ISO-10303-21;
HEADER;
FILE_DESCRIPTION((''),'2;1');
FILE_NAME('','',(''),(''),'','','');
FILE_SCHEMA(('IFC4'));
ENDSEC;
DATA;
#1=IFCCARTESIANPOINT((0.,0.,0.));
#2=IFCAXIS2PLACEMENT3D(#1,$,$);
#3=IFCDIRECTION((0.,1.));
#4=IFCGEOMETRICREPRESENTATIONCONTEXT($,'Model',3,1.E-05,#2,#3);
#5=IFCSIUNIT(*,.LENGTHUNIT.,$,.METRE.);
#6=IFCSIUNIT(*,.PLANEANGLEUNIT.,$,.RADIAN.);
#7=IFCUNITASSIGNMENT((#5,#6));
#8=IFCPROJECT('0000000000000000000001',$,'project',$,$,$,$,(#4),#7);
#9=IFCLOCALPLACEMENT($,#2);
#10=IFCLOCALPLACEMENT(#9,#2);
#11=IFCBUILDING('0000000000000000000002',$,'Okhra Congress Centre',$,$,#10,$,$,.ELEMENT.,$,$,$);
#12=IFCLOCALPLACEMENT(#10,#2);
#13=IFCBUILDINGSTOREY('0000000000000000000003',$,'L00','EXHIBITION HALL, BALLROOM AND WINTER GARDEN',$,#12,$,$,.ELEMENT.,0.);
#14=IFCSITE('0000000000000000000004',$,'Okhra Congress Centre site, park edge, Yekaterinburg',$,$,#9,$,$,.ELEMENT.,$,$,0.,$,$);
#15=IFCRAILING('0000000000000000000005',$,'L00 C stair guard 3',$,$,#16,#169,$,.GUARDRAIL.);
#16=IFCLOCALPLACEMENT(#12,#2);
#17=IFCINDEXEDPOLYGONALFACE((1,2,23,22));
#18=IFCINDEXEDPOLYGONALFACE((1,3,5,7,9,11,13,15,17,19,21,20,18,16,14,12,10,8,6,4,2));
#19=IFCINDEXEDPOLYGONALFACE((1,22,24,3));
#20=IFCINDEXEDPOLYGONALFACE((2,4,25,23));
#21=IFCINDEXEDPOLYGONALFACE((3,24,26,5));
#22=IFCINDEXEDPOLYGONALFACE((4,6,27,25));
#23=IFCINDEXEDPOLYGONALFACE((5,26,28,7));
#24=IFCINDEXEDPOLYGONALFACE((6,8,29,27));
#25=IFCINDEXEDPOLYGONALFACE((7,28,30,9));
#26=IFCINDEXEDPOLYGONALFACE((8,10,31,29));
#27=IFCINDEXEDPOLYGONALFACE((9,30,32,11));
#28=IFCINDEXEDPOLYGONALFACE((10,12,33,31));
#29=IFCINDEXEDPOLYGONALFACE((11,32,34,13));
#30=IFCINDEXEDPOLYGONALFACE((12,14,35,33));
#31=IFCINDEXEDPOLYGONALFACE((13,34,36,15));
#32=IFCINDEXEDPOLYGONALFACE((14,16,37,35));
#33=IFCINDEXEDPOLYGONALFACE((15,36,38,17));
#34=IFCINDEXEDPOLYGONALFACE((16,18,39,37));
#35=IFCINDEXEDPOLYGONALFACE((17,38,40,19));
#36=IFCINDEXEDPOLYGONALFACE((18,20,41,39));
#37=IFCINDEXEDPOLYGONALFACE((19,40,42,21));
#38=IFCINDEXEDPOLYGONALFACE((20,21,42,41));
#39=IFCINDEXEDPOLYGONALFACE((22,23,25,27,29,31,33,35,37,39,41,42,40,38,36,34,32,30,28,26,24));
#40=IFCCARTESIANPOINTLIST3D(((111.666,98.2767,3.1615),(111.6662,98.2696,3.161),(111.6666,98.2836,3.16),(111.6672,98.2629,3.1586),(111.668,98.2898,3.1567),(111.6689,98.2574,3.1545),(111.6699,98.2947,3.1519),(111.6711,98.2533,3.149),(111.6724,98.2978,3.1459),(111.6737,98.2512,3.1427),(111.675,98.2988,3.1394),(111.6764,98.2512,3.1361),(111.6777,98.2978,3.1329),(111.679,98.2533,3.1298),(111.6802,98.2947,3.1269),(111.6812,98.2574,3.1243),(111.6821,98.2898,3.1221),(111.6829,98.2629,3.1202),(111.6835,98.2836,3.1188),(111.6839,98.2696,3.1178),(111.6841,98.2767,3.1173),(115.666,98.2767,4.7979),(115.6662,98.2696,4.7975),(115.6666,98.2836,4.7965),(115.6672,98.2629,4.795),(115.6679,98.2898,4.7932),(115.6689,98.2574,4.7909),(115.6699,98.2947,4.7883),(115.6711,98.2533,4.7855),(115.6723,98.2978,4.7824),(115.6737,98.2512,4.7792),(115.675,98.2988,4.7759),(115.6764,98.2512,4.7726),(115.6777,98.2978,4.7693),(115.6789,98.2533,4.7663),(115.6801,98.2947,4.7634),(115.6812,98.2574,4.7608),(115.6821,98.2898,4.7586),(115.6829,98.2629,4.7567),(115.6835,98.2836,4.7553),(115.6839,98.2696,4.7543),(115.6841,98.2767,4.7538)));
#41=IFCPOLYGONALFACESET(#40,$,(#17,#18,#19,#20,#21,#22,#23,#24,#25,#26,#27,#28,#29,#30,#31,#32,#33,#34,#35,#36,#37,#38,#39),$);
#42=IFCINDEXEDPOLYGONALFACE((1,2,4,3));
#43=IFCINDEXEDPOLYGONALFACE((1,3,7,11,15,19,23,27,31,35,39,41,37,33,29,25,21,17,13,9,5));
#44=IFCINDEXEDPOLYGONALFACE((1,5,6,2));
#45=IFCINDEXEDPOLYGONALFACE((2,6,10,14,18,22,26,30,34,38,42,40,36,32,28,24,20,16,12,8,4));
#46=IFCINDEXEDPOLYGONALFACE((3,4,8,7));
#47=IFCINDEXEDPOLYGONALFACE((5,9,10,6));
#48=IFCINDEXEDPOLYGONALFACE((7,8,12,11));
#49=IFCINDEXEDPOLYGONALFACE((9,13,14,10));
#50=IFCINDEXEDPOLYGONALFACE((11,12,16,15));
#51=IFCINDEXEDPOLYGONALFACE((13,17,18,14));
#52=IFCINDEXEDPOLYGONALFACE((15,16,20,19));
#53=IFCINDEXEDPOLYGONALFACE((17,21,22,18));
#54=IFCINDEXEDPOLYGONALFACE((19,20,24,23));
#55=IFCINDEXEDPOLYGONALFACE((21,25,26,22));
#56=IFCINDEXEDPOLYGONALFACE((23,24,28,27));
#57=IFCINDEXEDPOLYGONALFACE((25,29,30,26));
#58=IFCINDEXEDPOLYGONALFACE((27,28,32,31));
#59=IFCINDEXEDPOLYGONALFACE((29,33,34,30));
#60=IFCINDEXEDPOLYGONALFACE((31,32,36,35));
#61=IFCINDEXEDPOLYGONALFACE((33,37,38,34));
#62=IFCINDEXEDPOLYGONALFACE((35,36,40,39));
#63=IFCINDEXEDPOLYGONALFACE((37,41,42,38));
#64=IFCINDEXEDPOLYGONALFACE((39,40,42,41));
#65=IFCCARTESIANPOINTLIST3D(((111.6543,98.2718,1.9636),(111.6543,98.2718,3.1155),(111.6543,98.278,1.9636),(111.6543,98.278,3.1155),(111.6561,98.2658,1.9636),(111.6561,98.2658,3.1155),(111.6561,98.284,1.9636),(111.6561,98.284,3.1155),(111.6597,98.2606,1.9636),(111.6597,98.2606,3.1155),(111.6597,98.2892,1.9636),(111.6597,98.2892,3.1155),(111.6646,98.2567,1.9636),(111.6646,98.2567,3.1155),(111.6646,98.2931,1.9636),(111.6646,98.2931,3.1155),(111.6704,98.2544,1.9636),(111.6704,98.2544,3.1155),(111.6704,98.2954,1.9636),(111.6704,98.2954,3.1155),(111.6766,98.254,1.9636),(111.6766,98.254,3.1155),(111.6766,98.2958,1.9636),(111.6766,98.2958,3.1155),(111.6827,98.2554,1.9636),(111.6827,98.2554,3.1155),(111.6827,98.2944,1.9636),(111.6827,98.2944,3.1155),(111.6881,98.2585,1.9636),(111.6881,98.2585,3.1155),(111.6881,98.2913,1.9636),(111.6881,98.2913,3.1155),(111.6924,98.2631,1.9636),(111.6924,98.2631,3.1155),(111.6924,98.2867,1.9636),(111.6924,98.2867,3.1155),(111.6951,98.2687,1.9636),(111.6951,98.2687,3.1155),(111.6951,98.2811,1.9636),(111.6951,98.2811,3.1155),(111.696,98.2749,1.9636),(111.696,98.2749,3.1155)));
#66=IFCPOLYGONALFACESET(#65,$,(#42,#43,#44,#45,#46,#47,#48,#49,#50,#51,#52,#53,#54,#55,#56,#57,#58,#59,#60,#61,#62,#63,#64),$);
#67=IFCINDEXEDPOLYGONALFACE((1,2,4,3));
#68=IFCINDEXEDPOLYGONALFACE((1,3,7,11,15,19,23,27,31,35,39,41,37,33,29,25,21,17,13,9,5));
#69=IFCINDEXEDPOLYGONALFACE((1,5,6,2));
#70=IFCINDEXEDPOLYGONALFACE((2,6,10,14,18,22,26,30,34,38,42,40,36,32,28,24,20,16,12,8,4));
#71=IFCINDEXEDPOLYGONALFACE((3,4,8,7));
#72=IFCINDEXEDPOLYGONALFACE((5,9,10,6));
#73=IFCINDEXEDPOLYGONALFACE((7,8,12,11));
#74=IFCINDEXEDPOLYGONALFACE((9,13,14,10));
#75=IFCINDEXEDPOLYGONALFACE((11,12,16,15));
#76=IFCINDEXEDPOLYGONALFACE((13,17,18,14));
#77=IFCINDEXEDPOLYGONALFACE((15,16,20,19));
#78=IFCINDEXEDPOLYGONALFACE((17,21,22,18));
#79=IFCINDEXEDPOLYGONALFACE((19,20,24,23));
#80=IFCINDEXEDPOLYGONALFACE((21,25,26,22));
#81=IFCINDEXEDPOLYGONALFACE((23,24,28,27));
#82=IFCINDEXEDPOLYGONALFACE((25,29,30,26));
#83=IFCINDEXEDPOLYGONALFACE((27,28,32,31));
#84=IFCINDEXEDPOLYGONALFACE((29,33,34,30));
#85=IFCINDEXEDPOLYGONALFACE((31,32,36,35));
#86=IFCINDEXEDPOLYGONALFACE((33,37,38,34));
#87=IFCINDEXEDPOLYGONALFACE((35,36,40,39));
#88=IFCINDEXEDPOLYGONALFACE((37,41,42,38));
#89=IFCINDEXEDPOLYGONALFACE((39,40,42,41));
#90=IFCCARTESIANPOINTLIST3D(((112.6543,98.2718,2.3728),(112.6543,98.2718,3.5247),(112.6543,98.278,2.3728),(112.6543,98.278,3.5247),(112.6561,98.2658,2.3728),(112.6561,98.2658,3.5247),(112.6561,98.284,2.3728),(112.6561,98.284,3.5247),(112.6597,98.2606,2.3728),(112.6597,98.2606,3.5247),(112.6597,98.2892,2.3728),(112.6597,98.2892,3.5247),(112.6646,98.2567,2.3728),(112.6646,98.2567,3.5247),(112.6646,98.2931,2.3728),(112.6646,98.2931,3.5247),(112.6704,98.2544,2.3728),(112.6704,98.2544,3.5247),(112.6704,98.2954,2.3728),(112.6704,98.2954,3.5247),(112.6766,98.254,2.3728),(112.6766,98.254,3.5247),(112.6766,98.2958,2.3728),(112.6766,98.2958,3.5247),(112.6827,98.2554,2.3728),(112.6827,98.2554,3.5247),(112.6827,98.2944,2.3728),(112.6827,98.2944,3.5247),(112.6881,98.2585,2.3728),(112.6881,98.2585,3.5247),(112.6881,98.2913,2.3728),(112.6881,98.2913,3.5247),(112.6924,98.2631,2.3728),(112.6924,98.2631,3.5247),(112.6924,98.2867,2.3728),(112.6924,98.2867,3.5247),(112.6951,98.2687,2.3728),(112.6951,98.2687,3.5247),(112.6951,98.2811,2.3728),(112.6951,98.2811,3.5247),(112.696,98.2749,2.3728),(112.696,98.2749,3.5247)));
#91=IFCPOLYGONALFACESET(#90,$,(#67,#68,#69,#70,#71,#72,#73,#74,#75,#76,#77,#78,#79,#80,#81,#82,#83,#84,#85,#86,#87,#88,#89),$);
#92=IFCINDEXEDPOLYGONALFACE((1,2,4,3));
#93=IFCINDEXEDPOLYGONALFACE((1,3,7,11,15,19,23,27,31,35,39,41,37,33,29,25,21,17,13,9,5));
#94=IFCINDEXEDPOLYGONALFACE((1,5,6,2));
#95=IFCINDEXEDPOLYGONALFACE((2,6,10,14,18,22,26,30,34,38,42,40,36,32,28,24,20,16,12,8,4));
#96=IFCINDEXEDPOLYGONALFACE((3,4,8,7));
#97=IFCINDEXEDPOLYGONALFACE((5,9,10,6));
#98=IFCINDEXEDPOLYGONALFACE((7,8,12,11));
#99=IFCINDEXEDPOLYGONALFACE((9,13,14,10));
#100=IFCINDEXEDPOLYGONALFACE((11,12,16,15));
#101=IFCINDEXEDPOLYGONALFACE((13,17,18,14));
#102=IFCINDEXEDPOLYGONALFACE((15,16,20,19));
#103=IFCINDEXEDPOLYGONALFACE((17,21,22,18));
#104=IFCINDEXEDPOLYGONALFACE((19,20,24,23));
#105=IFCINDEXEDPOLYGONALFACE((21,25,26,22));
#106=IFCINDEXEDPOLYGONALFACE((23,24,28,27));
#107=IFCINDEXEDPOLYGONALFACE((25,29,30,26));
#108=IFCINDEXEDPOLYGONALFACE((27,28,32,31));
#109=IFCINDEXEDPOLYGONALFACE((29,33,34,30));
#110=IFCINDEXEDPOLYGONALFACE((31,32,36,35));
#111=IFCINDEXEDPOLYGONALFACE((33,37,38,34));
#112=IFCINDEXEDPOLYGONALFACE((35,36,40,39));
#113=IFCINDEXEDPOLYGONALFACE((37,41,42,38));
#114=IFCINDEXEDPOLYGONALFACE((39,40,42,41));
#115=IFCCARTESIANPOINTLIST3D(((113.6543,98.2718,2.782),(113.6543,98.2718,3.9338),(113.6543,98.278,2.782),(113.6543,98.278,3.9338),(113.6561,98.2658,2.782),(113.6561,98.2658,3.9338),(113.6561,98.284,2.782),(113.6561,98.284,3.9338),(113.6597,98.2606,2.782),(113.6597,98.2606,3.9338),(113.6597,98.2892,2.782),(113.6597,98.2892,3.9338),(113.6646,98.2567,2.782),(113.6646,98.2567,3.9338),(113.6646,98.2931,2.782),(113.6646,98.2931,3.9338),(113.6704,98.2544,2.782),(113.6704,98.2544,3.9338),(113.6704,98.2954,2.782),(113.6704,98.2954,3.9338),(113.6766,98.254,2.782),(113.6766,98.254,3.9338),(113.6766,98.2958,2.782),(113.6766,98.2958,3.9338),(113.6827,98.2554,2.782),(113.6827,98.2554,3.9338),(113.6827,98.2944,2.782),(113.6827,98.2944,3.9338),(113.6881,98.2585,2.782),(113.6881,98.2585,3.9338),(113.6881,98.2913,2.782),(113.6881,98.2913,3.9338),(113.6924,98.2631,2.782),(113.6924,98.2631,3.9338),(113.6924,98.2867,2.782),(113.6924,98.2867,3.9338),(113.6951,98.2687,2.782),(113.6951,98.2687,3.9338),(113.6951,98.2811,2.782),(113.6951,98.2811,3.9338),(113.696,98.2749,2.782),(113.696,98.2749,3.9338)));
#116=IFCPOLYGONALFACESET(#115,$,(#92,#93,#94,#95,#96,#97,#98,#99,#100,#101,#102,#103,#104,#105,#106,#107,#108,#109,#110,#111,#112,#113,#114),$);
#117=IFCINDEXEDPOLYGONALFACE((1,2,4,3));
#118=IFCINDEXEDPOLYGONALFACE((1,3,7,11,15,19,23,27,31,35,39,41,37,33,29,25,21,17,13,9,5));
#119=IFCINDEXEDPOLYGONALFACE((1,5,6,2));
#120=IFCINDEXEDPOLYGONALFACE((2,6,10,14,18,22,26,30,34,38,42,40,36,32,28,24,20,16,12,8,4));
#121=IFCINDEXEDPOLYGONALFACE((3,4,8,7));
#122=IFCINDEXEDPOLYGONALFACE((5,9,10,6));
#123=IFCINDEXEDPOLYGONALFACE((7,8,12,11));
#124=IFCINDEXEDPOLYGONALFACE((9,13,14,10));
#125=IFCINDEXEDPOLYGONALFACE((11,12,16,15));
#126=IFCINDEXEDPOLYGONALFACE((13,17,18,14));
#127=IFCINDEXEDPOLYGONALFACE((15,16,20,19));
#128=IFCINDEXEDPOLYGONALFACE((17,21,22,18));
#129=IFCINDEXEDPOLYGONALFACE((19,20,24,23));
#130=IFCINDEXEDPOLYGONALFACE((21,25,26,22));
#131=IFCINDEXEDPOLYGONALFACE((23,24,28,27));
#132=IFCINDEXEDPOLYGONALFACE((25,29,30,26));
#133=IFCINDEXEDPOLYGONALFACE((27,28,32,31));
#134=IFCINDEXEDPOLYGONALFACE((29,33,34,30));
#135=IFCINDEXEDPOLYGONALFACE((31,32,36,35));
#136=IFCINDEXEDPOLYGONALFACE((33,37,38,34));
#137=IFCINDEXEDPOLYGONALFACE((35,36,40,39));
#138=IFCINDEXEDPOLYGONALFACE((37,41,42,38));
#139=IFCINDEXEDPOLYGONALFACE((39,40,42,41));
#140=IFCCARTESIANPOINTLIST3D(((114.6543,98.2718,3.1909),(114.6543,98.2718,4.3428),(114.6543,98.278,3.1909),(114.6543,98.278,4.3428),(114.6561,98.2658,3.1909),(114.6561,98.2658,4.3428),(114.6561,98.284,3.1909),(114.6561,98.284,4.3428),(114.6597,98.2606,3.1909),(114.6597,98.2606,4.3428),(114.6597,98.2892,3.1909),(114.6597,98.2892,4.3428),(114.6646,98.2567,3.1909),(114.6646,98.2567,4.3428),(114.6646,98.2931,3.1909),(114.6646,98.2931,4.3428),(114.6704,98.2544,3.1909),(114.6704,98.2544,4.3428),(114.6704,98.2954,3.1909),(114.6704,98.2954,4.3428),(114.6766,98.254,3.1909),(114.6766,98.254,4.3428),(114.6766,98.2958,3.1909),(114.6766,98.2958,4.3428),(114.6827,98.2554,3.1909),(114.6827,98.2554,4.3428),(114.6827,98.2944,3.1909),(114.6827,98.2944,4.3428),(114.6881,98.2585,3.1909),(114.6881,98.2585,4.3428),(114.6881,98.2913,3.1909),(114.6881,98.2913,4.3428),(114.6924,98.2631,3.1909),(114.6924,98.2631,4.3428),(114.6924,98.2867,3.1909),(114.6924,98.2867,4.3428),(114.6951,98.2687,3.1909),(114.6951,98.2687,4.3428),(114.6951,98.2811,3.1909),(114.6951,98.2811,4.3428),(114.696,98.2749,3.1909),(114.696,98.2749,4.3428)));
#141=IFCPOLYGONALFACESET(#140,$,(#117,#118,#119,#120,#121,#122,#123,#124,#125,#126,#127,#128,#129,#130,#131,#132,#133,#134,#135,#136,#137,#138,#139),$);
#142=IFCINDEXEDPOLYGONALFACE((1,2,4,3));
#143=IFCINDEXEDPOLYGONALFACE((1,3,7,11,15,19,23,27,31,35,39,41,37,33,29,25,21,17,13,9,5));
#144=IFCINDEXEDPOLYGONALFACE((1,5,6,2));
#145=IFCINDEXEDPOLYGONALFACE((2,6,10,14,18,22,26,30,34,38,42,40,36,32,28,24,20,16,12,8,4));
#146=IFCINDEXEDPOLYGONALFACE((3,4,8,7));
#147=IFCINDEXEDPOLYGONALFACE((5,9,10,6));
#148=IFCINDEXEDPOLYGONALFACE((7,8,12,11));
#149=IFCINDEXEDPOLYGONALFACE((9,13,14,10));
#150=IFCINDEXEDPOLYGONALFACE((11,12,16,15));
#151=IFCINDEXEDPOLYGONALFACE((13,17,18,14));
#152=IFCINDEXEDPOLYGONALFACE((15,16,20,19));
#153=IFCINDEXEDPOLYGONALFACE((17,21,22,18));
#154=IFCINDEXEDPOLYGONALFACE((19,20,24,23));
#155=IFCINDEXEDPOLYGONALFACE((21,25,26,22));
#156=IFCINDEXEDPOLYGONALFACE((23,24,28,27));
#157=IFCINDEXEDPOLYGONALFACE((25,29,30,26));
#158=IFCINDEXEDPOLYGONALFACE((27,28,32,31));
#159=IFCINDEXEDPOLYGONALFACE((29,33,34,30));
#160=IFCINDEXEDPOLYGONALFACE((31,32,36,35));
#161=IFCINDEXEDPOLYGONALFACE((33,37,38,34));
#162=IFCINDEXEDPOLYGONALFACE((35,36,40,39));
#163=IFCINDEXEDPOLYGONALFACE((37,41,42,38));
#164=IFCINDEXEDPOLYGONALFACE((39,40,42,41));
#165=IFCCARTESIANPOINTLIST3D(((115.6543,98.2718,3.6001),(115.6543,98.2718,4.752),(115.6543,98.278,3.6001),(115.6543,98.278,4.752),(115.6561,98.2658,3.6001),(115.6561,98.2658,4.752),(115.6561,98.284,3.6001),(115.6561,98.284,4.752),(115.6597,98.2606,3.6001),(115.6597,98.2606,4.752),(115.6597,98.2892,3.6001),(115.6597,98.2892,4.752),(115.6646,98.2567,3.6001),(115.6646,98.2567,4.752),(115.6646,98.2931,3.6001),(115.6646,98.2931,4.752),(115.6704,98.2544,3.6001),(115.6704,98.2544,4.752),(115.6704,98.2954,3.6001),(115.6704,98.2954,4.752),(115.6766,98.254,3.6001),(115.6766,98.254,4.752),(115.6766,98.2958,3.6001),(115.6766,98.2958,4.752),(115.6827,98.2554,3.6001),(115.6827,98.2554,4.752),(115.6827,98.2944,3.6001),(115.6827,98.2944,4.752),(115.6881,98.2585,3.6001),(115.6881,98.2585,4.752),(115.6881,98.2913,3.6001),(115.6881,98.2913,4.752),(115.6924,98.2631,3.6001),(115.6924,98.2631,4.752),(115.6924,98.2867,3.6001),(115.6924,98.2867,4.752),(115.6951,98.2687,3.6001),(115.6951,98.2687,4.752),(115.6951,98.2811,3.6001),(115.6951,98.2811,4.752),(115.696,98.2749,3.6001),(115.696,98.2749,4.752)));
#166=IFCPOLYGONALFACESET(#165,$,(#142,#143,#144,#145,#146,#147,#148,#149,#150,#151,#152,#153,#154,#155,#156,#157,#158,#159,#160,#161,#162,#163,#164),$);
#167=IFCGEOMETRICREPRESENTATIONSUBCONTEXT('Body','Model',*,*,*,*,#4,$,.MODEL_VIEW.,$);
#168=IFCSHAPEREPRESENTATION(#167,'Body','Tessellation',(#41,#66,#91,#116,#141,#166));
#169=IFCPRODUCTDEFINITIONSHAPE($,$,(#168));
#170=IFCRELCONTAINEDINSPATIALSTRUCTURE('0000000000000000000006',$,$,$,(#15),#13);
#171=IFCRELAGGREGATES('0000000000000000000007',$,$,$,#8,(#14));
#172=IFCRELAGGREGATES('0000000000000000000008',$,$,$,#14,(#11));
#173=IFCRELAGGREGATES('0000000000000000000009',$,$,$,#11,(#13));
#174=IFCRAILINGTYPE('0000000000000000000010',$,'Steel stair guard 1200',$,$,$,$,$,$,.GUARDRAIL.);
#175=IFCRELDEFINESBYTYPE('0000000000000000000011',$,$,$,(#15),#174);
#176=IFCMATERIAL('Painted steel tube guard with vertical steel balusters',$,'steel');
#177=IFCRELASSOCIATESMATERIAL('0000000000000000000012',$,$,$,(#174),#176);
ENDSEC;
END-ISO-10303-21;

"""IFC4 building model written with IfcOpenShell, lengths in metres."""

from ifc_helpers import new_model, si_unit, direction, frame, origin, origin_2d, place, context, subcontext, project, spatial, circle, extrude, material, type_object, element, save


model = new_model("IFC4")

# Units and contexts
model_context = context("Model", 3, precision=1e-05, world=origin(), true_north=direction((0.0, 1.0)))
body_context = subcontext(model_context, "Body", "Model", "MODEL_VIEW")
ifc_project = project(units=[si_unit("LENGTHUNIT", "METRE"), si_unit("PLANEANGLEUNIT", "RADIAN")], contexts=[model_context])

# Site, building, storey
site_placement = place(None, origin())
site = spatial("IfcSite", under=ifc_project, at=site_placement, Name="Okhra Congress Centre site, park edge, Yekaterinburg", CompositionType="ELEMENT", RefElevation=0.0)
building_placement = place(site_placement, origin())
building = spatial("IfcBuilding", under=site, at=building_placement, Name="Okhra Congress Centre", CompositionType="ELEMENT")
storey_placement = place(building_placement, origin())
storey = spatial("IfcBuildingStorey", under=building, at=storey_placement, Name="L00", Description="EXHIBITION HALL, BALLROOM AND WINTER GARDEN", CompositionType="ELEMENT", Elevation=0.0)

# Railing
ifc_material_1 = material(Name="Painted steel tube guard with vertical steel balusters", Category="steel")
railing_type_1 = type_object("IfcRailingType", Name="Steel stair guard 1200", PredefinedType="GUARDRAIL", material=ifc_material_1)
railing_1_placement = place(storey_placement, frame((111.675, 98.2749, 1.9636)))
element("IfcRailing", 1, at=railing_1_placement, inside=storey, type_object=railing_type_1, Name="L00 C stair guard 3", PredefinedType="GUARDRAIL", context=body_context, shape_type="SweptSolid", body=[
    extrude(circle(Radius=0.0239, at=origin_2d()), frame((0.0, 0.0, 1.1758), z_axis=(0.925538, 0.0, 0.378655), x_axis=(0.0, 1.0, 0.0)), (0.0, 0.0, 1.0), 4.3218),
    extrude(circle(Radius=0.021, at=origin_2d()), origin(), (0.0, 0.0, 1.0), 1.1519),
    extrude(circle(Radius=0.021, at=origin_2d()), frame((1.0, 0.0, 0.4092)), (0.0, 0.0, 1.0), 1.1519),
    extrude(circle(Radius=0.021, at=origin_2d()), frame((2.0, 0.0, 0.8184)), (0.0, 0.0, 1.0), 1.1519),
    extrude(circle(Radius=0.021, at=origin_2d()), frame((3.0, 0.0, 1.2273)), (0.0, 0.0, 1.0), 1.1519),
    extrude(circle(Radius=0.021, at=origin_2d()), frame((4.0, 0.0, 1.6365)), (0.0, 0.0, 1.0), 1.1519),
])

save(model, "model.ifc")
